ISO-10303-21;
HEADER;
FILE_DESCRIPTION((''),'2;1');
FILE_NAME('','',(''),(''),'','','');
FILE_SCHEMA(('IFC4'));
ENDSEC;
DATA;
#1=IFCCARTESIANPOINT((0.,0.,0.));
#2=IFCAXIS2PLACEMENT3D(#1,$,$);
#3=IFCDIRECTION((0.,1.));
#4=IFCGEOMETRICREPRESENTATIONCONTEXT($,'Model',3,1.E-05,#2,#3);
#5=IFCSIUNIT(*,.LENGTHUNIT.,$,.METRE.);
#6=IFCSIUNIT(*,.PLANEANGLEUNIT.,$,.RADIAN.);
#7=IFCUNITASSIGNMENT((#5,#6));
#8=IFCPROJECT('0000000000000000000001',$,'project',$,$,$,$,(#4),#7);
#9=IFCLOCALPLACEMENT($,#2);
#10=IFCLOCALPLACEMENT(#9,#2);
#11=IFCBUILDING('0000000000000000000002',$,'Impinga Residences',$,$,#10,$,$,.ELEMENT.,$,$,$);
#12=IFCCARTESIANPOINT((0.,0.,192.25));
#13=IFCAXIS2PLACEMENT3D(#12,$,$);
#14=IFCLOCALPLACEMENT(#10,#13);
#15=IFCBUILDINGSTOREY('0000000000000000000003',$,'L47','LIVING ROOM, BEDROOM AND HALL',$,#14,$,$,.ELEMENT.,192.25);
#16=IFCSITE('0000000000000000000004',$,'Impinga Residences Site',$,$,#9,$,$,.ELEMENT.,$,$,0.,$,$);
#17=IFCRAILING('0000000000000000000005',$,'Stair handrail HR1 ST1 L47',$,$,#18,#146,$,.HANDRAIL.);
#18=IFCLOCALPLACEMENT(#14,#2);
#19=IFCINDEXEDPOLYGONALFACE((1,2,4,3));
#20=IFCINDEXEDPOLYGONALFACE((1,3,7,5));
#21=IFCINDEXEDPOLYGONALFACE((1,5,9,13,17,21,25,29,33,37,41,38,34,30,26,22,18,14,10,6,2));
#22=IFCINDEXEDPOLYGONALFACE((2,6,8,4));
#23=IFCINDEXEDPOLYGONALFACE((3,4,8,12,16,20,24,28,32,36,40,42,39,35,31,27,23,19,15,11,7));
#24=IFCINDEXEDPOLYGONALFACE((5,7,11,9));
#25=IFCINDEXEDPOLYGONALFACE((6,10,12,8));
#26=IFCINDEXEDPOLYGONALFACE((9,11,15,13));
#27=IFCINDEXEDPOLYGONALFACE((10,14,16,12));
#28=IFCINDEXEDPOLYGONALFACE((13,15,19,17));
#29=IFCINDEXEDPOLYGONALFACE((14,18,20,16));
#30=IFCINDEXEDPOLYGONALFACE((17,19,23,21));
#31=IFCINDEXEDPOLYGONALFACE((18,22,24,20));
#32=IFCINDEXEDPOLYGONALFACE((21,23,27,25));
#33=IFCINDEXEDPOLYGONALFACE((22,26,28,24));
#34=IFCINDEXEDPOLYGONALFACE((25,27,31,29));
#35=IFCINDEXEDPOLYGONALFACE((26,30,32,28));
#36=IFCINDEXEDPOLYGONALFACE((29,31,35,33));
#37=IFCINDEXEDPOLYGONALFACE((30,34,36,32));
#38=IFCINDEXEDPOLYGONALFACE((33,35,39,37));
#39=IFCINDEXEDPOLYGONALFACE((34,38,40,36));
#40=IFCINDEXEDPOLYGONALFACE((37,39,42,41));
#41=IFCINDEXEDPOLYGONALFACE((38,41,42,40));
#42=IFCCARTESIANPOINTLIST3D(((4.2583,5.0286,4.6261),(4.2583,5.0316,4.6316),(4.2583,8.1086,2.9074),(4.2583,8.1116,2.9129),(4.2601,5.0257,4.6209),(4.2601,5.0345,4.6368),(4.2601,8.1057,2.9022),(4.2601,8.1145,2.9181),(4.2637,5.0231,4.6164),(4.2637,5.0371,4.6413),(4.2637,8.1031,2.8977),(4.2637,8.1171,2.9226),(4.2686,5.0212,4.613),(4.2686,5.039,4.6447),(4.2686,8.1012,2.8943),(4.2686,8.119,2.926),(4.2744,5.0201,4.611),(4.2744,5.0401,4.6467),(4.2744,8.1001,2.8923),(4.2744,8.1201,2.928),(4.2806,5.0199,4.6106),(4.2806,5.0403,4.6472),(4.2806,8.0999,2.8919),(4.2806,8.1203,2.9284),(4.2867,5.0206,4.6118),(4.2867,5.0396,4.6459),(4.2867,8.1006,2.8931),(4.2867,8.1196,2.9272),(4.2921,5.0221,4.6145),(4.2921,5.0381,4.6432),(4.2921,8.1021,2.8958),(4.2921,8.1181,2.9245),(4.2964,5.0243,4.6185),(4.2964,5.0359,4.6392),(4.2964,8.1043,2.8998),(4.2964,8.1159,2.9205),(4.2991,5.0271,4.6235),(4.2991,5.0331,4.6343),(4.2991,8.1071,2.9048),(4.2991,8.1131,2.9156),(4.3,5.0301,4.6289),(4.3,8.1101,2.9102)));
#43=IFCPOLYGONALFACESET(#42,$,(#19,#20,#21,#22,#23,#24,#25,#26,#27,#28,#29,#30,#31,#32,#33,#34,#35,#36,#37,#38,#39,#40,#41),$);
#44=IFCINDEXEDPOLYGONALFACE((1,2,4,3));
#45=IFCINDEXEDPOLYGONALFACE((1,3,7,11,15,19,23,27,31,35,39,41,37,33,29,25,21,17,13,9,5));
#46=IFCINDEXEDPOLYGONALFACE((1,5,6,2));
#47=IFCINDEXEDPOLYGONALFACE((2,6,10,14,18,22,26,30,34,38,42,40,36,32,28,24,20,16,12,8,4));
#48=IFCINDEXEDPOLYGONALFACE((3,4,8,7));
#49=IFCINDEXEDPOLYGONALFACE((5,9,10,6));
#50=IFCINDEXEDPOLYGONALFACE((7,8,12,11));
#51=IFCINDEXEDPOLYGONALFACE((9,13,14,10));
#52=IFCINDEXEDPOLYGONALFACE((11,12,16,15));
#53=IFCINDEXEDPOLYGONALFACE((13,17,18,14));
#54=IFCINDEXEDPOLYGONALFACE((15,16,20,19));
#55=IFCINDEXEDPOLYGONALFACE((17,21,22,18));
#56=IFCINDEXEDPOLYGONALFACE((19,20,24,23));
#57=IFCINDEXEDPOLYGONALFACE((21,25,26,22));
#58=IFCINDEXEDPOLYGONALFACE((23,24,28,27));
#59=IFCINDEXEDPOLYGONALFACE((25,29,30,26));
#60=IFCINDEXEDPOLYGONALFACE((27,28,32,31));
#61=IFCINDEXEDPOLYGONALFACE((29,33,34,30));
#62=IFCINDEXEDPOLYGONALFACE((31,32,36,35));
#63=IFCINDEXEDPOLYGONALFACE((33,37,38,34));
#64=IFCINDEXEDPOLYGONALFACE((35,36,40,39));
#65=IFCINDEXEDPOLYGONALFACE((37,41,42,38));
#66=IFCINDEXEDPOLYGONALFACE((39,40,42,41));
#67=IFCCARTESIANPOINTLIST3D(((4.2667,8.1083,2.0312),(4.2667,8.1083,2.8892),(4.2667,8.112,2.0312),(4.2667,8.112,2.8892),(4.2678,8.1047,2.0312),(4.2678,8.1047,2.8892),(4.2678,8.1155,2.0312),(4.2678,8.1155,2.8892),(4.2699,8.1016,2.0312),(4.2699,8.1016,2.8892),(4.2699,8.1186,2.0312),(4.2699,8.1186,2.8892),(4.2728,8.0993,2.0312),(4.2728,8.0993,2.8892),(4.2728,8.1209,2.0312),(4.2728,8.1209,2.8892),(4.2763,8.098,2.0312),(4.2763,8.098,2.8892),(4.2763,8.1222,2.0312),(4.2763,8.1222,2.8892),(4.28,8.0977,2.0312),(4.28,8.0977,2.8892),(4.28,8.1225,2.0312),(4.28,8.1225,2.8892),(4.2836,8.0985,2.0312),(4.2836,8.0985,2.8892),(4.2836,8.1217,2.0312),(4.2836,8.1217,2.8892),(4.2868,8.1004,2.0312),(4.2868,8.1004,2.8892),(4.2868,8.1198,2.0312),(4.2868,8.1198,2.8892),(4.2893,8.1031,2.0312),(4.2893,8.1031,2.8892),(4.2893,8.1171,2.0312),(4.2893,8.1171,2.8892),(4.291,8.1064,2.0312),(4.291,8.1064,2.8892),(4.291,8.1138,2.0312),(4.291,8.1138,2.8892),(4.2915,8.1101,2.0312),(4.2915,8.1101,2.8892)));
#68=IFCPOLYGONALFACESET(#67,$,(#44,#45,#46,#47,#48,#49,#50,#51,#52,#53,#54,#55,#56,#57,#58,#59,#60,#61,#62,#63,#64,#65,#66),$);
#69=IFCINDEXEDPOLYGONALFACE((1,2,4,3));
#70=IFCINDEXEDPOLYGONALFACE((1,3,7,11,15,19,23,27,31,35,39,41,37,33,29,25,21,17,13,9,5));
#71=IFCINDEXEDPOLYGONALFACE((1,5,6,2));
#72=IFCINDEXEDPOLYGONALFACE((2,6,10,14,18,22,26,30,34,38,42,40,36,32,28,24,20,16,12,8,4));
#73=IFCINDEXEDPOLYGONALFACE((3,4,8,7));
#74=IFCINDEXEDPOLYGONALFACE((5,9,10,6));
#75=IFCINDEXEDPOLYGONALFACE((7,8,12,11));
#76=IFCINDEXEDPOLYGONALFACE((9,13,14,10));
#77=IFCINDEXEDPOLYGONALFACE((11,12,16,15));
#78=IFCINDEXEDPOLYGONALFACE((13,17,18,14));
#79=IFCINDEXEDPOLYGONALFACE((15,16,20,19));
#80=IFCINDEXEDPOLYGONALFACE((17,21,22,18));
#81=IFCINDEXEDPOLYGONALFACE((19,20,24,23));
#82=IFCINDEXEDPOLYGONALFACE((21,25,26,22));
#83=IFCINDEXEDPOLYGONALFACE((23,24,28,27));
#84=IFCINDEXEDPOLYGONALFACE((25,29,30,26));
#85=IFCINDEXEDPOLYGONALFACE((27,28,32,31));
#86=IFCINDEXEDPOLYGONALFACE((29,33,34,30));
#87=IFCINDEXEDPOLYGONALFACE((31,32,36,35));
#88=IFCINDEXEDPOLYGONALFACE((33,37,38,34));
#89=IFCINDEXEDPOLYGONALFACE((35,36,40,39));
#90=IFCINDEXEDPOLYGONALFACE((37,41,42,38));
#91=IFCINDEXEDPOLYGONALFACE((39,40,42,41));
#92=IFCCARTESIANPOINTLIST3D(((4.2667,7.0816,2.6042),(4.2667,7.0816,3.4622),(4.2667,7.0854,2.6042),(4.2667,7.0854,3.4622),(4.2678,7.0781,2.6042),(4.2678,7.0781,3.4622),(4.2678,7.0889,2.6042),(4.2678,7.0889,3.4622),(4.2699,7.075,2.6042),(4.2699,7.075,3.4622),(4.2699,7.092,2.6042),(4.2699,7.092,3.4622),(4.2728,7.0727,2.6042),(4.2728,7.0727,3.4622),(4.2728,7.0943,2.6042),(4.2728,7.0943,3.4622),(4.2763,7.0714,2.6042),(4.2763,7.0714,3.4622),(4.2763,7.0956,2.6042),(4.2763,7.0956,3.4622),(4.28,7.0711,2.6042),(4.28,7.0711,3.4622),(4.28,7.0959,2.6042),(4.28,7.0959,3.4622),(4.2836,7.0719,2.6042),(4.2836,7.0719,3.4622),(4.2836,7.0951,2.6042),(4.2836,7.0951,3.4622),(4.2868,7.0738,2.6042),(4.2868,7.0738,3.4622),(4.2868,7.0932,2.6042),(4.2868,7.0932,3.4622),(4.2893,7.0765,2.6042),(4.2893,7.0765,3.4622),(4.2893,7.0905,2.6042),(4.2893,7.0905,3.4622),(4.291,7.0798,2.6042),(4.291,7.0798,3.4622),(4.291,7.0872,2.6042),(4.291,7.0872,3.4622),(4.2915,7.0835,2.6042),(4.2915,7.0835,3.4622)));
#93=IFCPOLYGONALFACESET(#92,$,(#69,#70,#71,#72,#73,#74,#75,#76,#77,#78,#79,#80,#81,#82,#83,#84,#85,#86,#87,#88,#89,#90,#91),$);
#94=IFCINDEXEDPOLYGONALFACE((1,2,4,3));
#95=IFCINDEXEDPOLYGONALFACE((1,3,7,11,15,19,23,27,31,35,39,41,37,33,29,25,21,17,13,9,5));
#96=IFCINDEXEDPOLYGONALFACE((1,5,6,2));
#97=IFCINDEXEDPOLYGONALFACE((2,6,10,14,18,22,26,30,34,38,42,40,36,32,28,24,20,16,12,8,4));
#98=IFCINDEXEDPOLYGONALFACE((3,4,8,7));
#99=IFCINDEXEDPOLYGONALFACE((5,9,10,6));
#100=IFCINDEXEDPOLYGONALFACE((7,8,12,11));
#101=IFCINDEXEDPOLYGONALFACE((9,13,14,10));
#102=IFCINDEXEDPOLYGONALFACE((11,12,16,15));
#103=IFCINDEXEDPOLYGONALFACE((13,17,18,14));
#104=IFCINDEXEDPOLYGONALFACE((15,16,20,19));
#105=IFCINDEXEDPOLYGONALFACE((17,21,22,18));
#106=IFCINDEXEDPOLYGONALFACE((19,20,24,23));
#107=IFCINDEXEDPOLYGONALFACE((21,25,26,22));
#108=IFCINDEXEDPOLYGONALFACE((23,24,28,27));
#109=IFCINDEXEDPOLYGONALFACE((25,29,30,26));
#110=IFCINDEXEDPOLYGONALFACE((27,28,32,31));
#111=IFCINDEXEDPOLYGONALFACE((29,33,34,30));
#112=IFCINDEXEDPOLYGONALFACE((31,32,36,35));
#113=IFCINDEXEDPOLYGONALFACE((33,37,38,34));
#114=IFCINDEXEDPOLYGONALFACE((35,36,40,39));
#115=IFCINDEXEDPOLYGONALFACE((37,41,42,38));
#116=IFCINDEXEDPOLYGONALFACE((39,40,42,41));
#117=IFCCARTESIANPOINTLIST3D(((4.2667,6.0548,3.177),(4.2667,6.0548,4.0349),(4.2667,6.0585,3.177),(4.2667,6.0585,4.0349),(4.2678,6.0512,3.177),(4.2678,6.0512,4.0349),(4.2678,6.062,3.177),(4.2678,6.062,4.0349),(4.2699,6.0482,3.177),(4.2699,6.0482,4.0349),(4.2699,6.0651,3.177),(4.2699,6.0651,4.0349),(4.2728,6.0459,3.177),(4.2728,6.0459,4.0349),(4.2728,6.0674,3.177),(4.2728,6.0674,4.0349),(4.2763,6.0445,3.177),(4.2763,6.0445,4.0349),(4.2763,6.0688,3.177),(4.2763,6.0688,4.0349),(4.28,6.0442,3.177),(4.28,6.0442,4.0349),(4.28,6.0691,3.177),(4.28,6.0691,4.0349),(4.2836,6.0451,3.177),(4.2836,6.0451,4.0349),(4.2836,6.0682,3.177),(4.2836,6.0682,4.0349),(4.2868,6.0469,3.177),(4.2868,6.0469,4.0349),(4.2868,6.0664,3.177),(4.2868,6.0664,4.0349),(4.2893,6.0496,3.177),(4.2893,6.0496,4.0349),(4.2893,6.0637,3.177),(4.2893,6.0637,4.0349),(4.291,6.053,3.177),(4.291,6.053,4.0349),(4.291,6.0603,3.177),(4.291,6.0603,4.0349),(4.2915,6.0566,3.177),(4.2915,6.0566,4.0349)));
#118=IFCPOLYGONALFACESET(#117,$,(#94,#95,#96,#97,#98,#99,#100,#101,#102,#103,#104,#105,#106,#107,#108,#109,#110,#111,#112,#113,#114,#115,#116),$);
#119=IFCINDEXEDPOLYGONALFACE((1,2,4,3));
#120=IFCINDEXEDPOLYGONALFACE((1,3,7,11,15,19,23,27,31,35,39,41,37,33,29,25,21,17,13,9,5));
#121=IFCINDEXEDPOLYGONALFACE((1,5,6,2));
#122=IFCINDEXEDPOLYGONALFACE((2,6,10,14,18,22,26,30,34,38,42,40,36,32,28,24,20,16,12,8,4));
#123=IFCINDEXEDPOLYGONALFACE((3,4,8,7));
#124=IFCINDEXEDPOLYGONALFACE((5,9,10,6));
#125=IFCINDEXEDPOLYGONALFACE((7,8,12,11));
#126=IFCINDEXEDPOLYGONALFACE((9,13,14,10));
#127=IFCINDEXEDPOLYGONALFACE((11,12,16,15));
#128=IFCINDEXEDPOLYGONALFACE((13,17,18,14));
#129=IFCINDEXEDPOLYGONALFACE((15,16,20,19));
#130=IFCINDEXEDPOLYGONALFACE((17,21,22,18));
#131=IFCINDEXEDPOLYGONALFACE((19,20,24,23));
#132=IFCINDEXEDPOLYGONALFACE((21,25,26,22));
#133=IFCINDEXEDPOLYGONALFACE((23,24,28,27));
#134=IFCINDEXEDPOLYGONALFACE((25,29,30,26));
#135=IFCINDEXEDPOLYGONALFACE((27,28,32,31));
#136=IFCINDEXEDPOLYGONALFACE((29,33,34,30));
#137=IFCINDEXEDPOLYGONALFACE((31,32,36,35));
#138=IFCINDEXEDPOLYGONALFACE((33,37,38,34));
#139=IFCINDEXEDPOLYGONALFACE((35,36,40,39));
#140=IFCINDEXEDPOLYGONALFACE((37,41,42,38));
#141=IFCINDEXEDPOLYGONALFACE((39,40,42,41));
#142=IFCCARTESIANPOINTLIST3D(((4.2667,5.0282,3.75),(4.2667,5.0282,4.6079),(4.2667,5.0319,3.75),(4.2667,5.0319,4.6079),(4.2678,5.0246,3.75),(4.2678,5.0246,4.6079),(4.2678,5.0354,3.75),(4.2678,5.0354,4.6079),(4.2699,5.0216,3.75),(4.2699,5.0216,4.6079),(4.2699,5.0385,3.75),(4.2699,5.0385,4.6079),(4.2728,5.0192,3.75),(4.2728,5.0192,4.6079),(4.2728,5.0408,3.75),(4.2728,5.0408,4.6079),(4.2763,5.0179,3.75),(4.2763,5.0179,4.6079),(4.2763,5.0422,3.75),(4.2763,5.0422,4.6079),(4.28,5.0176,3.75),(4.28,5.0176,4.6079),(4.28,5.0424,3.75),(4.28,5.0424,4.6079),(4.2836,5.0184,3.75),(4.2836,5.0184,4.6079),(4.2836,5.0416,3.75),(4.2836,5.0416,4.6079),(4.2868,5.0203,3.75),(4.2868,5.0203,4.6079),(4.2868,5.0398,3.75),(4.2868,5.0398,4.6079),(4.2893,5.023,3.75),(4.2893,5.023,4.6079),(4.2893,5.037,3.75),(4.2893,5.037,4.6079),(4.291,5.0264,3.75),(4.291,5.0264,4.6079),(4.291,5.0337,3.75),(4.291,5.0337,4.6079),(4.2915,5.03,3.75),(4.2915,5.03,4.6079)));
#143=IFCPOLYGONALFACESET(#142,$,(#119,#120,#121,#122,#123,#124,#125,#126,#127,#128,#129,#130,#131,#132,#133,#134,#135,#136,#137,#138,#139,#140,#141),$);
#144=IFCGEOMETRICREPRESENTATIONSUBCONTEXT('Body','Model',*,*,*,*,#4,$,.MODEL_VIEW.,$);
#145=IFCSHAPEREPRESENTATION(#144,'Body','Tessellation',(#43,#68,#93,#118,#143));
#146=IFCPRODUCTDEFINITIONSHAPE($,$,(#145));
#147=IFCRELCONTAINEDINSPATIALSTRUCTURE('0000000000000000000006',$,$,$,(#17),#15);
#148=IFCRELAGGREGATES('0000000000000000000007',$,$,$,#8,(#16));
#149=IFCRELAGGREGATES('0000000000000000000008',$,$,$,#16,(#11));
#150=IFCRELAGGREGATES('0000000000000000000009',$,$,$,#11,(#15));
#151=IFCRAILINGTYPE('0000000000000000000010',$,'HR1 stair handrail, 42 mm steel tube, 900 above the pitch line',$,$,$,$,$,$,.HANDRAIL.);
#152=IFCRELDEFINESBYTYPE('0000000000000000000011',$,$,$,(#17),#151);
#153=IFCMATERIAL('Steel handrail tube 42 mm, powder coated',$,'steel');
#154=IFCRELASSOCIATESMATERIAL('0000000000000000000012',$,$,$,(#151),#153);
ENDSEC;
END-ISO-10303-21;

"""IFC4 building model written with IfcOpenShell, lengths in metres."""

from ifc_helpers import new_model, si_unit, direction, frame, origin, origin_2d, place, context, subcontext, project, spatial, circle, extrude, material, type_object, element, save


model = new_model("IFC4")

# Units and contexts
model_context = context("Model", 3, precision=1e-05, world=origin(), true_north=direction((0.0, 1.0)))
body_context = subcontext(model_context, "Body", "Model", "MODEL_VIEW")
ifc_project = project(units=[si_unit("LENGTHUNIT", "METRE"), si_unit("PLANEANGLEUNIT", "RADIAN")], contexts=[model_context])

# Site, building, storey
site_placement = place(None, origin())
site = spatial("IfcSite", under=ifc_project, at=site_placement, Name="Impinga Residences Site", CompositionType="ELEMENT", RefElevation=0.0)
building_placement = place(site_placement, origin())
building = spatial("IfcBuilding", under=site, at=building_placement, Name="Impinga Residences", CompositionType="ELEMENT")
storey_placement = place(building_placement, frame((0.0, 0.0, 192.25)))
storey = spatial("IfcBuildingStorey", under=building, at=storey_placement, Name="L47", Description="LIVING ROOM, BEDROOM AND HALL", CompositionType="ELEMENT", Elevation=192.25)

# Railing
ifc_material_1 = material(Name="Steel handrail tube 42 mm, powder coated", Category="steel")
railing_type = type_object("IfcRailingType", Name="HR1 stair handrail, 42 mm steel tube, 900 above the pitch line", PredefinedType="HANDRAIL", material=ifc_material_1)
railing_placement = place(storey_placement, frame((4.2791, 8.1101, 2.0312)))
element("IfcRailing", 1, at=railing_placement, inside=storey, type_object=railing_type, Name="Stair handrail HR1 ST1 L47", PredefinedType="HANDRAIL", context=body_context, shape_type="SweptSolid", body=[
    extrude(circle(Radius=0.021, at=origin_2d()), frame((0.0, 0.0, 0.8789), z_axis=(0.0, -0.873242, 0.487288), x_axis=(1.0, 0.0, 0.0)), (0.0, 0.0, 1.0), 3.5271),
    extrude(circle(Radius=0.0125, at=origin_2d()), origin(), (0.0, 0.0, 1.0), 0.8579),
    extrude(circle(Radius=0.0125, at=origin_2d()), frame((0.0, -1.0266, 0.573)), (0.0, 0.0, 1.0), 0.8579),
    extrude(circle(Radius=0.0125, at=origin_2d()), frame((0.0, -2.0535, 1.1458)), (0.0, 0.0, 1.0), 0.8579),
    extrude(circle(Radius=0.0125, at=origin_2d()), frame((0.0, -3.0801, 1.7188)), (0.0, 0.0, 1.0), 0.8579),
])

save(model, "model.ifc")
